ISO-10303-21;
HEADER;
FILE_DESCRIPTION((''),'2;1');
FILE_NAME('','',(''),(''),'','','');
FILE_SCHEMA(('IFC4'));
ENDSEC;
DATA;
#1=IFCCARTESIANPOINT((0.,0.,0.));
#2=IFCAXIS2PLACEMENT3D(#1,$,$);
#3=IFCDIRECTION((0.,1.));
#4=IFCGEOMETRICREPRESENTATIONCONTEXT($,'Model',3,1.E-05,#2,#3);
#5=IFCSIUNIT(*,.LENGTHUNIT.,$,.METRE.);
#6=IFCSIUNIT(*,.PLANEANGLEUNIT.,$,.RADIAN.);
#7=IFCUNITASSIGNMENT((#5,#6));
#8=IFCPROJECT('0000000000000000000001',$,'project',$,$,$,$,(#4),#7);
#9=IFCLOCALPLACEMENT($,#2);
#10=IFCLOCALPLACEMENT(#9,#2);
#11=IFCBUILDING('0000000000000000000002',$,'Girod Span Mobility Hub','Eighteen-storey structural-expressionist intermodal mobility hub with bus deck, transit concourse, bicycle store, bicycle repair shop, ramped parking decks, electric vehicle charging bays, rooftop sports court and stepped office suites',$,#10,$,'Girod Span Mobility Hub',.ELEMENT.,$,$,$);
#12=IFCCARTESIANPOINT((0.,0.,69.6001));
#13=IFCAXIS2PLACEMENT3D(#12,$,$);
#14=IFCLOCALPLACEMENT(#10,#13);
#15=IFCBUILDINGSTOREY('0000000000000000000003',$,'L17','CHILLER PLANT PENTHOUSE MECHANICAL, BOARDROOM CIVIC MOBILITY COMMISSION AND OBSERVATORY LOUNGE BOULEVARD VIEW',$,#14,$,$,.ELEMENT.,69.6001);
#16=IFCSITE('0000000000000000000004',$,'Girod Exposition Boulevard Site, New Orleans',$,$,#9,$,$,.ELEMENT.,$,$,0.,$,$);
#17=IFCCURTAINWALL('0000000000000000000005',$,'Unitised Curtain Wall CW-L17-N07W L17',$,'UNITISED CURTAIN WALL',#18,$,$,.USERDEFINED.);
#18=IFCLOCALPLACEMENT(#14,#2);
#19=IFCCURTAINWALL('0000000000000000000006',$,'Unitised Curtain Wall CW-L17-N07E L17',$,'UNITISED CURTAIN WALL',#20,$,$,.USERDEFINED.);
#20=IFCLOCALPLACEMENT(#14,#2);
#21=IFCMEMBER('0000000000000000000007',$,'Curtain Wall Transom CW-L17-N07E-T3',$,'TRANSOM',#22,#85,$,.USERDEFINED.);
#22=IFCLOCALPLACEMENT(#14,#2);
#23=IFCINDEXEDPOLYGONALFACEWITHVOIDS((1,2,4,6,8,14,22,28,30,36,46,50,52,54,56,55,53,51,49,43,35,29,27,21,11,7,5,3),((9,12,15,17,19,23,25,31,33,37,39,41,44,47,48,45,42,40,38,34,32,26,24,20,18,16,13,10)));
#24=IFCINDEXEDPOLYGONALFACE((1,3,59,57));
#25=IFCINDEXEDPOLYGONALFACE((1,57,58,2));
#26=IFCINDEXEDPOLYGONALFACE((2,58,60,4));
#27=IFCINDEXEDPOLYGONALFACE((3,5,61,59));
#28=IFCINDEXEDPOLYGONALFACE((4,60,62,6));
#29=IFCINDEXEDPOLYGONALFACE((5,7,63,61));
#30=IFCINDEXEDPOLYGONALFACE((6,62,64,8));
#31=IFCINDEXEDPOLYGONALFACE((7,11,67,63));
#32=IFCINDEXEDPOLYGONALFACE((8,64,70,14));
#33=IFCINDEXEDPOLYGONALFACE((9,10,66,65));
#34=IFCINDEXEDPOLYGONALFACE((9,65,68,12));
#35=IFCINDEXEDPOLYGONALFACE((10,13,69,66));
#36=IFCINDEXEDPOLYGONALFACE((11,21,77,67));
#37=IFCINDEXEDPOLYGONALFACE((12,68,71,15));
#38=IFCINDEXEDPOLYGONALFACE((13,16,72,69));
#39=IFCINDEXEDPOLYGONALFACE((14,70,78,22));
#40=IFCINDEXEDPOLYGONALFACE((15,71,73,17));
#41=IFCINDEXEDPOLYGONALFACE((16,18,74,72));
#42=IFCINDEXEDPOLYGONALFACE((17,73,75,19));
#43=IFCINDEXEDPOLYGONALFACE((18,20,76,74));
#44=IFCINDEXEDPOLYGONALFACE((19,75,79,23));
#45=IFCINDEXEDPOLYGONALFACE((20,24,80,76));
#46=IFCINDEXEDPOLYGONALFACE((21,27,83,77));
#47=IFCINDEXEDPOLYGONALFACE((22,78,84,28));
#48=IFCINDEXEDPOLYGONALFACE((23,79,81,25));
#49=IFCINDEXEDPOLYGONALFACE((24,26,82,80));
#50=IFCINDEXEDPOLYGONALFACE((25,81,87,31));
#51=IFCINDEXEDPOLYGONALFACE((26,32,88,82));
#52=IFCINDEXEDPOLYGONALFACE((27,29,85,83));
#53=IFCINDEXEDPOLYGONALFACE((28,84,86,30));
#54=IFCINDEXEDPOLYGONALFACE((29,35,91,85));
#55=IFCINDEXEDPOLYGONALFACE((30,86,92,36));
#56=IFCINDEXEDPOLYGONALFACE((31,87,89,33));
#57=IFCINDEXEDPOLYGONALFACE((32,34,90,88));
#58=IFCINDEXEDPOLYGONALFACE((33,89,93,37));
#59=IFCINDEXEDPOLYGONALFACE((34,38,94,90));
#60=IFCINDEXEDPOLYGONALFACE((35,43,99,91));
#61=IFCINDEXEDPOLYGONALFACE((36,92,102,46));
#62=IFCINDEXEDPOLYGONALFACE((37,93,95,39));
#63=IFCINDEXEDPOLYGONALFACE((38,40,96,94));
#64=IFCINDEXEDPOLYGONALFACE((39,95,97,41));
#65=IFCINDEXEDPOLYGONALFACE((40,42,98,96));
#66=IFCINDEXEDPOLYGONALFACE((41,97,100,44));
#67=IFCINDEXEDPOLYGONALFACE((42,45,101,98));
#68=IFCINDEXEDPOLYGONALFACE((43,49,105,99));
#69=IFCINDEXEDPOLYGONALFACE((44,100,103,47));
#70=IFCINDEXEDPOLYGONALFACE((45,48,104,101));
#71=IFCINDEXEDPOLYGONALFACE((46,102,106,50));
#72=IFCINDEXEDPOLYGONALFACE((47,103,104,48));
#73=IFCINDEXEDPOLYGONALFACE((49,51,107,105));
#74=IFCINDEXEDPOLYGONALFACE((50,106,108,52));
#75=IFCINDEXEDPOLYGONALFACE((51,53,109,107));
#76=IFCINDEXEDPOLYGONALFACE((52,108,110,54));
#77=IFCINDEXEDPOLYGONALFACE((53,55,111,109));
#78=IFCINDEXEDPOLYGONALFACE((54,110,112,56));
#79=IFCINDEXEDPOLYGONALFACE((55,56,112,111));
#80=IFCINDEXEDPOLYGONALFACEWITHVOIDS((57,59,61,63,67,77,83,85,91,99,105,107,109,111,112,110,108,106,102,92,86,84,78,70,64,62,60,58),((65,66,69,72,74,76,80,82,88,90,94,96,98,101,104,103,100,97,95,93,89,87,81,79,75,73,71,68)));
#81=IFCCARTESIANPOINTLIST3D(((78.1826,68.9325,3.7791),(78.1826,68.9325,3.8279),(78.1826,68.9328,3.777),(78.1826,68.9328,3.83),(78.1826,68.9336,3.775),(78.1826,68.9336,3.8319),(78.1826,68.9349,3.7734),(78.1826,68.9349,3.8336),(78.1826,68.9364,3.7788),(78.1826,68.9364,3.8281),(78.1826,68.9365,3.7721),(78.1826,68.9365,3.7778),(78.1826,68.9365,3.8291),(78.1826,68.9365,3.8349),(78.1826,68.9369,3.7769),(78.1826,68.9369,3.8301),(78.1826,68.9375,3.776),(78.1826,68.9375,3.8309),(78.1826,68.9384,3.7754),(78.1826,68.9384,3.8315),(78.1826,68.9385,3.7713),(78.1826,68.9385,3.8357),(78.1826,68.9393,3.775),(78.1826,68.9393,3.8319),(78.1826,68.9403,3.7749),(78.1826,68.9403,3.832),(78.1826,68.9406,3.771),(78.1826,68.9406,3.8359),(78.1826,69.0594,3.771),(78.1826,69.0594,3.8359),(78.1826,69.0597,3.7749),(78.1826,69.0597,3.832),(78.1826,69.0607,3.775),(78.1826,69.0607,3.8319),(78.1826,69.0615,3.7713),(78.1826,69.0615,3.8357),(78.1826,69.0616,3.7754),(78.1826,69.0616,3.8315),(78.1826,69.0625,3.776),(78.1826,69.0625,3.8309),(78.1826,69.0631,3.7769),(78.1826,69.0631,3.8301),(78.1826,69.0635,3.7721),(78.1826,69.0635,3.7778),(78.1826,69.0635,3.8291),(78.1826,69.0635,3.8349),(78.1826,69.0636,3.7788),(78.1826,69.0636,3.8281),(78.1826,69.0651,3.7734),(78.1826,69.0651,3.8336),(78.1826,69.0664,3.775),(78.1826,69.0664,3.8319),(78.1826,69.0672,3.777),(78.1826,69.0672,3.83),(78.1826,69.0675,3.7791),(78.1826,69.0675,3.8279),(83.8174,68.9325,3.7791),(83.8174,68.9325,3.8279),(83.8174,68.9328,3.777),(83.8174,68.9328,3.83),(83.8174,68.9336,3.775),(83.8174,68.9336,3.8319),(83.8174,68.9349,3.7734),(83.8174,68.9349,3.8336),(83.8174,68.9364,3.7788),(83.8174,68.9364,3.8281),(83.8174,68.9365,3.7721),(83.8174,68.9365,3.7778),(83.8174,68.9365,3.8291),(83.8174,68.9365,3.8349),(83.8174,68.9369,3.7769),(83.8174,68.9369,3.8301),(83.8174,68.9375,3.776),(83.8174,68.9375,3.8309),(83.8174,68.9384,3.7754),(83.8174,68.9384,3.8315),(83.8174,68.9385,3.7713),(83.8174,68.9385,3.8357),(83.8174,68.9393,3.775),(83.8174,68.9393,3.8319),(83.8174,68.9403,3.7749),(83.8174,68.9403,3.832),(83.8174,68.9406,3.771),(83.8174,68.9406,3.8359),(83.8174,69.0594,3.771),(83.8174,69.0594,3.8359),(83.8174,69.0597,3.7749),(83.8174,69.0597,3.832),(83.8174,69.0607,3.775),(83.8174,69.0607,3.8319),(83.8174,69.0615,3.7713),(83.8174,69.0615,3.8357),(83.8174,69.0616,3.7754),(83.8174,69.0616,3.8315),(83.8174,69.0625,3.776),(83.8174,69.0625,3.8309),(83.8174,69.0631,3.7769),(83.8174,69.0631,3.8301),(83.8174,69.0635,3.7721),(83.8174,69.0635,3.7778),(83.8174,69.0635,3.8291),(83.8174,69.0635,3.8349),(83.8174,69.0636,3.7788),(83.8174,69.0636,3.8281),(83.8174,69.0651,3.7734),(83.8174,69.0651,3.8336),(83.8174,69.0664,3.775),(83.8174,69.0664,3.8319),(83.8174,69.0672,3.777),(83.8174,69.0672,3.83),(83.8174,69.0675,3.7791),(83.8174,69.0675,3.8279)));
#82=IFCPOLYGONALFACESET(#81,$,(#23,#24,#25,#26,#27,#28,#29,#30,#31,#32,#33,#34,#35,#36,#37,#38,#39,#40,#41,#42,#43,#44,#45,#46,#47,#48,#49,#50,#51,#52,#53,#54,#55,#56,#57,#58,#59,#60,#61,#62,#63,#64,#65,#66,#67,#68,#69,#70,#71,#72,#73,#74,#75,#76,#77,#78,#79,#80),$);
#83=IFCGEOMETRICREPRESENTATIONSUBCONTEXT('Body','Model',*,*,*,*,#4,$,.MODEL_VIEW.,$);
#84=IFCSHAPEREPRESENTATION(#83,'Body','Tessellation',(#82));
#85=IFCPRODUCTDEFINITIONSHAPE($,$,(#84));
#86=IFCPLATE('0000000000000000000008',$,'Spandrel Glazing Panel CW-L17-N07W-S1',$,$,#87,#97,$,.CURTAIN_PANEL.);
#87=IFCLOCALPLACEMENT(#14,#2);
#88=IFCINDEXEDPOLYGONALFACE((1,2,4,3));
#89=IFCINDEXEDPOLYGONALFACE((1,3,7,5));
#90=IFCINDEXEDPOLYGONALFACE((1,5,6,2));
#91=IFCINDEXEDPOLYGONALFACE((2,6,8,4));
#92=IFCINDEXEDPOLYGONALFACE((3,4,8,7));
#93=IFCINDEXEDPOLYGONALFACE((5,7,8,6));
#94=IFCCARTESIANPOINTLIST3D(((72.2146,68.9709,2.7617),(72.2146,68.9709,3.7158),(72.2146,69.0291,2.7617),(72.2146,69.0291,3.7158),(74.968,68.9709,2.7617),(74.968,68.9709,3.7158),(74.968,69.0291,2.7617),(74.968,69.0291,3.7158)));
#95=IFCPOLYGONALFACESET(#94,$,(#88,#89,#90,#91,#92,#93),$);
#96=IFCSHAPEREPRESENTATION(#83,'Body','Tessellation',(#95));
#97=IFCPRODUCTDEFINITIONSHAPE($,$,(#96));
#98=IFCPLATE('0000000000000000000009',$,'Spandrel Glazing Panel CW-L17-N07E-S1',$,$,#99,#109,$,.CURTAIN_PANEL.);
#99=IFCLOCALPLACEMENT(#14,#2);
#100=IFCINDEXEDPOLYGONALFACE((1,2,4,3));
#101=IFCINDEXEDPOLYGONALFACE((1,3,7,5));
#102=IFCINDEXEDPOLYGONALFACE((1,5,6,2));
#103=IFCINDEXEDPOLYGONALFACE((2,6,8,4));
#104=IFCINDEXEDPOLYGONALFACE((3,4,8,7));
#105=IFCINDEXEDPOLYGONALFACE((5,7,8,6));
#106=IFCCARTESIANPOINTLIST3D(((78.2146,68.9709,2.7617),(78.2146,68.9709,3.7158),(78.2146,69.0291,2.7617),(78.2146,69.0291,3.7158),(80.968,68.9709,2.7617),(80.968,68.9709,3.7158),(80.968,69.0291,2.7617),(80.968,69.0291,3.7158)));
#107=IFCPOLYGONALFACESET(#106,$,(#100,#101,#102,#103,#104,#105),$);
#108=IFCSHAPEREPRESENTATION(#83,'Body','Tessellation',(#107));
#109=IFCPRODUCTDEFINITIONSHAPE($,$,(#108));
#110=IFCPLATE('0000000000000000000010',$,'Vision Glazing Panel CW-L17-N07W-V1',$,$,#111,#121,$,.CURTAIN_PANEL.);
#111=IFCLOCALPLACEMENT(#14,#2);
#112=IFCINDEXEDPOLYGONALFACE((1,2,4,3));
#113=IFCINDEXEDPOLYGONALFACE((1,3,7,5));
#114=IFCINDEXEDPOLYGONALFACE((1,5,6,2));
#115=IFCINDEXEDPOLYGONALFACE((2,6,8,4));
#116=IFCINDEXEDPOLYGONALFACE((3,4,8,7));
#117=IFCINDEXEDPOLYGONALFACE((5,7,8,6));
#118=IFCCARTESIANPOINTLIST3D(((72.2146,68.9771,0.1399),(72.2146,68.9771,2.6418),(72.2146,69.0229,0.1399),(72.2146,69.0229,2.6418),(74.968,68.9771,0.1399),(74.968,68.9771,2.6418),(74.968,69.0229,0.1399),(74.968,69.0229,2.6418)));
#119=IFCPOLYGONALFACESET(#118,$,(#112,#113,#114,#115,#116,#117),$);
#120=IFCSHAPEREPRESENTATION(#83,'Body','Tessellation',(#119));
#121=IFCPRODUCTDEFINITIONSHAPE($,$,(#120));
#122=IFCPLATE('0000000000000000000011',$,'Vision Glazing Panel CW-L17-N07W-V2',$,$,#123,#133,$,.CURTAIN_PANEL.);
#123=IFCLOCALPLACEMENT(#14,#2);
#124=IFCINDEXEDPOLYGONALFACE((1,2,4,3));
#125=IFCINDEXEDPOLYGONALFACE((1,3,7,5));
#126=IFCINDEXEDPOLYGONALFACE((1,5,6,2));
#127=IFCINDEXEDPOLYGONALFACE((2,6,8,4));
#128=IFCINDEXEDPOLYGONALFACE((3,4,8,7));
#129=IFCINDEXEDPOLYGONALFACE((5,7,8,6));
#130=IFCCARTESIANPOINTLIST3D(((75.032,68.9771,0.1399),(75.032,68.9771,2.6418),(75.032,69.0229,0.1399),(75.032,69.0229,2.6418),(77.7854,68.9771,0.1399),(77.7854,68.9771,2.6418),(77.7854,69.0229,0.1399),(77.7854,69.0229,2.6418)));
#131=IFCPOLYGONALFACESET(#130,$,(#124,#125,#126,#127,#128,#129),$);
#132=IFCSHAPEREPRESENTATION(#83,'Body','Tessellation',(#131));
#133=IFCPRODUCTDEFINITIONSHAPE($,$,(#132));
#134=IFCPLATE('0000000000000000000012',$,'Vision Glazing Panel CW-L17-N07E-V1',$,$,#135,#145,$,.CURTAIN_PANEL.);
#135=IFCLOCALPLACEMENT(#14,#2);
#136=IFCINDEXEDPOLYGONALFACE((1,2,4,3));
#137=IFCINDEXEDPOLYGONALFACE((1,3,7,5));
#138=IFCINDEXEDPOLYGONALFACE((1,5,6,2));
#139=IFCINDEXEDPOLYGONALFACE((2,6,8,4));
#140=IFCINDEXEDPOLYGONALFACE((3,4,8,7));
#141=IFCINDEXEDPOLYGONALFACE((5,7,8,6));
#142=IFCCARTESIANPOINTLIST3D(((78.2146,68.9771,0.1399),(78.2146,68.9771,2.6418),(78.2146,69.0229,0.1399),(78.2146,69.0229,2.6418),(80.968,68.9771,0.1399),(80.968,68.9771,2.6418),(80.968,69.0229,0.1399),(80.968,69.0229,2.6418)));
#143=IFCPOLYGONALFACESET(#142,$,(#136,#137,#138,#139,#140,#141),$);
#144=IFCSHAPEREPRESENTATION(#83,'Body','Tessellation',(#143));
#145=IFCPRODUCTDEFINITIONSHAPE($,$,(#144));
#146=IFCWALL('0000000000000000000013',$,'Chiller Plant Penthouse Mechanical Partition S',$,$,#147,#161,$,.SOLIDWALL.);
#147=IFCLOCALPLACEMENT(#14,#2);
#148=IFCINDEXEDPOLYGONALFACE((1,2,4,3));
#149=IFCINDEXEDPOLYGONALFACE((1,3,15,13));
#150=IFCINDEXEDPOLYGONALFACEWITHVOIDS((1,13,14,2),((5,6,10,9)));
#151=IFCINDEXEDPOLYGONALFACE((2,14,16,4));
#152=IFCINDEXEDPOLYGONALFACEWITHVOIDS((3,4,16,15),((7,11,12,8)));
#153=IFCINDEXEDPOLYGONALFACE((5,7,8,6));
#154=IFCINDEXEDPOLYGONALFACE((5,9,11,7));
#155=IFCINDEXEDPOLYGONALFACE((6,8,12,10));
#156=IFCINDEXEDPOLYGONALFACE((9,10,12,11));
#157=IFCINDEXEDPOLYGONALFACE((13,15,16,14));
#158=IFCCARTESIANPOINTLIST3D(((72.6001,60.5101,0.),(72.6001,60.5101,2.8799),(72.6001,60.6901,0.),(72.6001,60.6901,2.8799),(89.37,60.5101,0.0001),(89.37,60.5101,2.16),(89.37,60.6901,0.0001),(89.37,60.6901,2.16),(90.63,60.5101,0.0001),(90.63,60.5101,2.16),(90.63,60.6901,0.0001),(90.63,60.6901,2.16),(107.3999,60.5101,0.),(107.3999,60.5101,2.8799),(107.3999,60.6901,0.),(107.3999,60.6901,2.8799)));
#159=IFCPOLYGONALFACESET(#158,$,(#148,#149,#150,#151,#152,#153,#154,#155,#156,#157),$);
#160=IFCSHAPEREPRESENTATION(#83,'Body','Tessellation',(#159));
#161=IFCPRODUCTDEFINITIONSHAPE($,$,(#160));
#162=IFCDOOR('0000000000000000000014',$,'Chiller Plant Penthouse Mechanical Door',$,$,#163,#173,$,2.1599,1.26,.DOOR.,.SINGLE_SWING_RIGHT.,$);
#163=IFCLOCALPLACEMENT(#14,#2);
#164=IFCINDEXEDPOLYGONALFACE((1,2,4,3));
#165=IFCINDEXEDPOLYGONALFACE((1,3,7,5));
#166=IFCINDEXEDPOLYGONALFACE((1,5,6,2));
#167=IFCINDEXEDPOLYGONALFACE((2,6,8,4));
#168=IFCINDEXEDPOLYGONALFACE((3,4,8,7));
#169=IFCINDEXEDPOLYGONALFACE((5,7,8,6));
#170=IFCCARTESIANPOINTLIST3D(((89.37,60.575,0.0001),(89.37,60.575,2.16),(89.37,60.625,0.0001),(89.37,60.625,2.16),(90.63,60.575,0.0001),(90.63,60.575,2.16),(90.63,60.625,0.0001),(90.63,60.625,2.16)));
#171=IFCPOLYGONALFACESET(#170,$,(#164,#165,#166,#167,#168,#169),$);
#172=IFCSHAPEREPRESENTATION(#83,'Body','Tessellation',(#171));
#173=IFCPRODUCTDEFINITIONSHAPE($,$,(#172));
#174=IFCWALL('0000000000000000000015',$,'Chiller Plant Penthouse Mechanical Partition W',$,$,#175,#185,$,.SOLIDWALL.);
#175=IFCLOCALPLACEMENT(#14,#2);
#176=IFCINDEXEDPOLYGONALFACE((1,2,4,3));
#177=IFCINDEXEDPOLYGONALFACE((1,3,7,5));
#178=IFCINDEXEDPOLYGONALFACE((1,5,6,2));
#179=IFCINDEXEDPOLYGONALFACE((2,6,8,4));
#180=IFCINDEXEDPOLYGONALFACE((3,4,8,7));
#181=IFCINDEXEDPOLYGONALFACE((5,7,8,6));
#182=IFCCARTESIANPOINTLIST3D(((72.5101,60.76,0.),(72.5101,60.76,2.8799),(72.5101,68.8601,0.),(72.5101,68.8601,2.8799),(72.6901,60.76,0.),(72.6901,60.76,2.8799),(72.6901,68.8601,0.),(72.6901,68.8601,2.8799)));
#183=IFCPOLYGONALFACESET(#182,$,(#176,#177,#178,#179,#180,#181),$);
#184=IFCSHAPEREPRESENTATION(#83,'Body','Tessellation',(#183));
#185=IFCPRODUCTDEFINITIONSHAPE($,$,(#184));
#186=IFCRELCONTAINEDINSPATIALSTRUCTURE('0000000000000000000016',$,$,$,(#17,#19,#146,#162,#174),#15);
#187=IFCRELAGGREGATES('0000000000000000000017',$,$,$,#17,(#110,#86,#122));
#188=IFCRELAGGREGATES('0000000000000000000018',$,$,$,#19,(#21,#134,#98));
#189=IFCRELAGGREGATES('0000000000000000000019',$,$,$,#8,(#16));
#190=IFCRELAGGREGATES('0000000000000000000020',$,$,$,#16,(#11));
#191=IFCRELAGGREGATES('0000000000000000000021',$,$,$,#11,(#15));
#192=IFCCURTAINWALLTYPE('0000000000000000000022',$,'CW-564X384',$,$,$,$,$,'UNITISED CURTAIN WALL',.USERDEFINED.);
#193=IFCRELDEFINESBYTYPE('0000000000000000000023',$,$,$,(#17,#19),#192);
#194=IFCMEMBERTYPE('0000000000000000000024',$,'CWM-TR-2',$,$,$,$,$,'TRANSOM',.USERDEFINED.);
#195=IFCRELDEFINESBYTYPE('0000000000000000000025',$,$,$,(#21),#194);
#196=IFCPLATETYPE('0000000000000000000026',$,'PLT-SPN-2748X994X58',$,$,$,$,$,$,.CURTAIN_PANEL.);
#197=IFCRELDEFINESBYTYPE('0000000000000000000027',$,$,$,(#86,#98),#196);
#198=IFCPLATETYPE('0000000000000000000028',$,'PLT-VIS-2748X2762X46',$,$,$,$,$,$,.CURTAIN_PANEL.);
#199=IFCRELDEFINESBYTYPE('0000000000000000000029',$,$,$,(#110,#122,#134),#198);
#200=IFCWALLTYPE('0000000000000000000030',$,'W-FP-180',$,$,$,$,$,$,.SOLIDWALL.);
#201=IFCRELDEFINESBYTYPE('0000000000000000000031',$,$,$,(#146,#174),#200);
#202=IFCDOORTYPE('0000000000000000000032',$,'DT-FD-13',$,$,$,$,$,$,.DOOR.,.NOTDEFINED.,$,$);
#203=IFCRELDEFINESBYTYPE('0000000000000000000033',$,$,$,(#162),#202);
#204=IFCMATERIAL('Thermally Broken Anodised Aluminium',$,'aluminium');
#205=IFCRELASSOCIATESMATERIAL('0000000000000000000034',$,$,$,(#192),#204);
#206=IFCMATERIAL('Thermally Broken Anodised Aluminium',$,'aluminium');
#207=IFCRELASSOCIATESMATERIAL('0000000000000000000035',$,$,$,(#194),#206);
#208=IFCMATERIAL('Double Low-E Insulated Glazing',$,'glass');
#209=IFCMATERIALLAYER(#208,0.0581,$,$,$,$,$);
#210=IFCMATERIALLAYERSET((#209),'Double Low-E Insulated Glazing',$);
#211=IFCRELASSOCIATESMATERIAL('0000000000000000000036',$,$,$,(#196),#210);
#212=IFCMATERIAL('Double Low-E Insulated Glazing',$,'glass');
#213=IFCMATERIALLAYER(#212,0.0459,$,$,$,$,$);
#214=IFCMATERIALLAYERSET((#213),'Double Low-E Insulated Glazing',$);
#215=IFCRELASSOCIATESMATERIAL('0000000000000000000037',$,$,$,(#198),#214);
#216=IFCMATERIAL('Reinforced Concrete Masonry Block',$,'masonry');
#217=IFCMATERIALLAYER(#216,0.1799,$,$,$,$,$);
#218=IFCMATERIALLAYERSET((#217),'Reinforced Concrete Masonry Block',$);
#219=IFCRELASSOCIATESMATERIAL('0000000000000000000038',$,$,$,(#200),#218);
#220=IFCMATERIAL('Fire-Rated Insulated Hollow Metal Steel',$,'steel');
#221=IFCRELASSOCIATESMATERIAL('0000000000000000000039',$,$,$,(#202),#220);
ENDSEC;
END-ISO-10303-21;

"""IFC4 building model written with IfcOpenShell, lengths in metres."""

from ifc_helpers import new_model, si_unit, direction, frame, frame_2d, origin, origin_2d, place, context, subcontext, project, spatial, rectangle, hollow_rectangle, extrude, material, layer, layer_set, material_profile, profile_set, type_object, element, fill, aggregate, save


model = new_model("IFC4")

# Units and contexts
model_context = context("Model", 3, precision=1e-05, world=origin(), true_north=direction((0.0, 1.0)))
body_context = subcontext(model_context, "Body", "Model", "MODEL_VIEW")
ifc_project = project(units=[si_unit("LENGTHUNIT", "METRE"), si_unit("PLANEANGLEUNIT", "RADIAN")], contexts=[model_context])

# Site, building, storey
site_placement = place(None, origin())
site = spatial("IfcSite", under=ifc_project, at=site_placement, Name="Girod Exposition Boulevard Site, New Orleans", CompositionType="ELEMENT", RefElevation=0.0)
building_placement = place(site_placement, origin())
building = spatial("IfcBuilding", under=site, at=building_placement, Name="Girod Span Mobility Hub", Description="Eighteen-storey structural-expressionist intermodal mobility hub with bus deck, transit concourse, bicycle store, bicycle repair shop, ramped parking decks, electric vehicle charging bays, rooftop sports court and stepped office suites", LongName="Girod Span Mobility Hub", CompositionType="ELEMENT")
storey_placement = place(building_placement, frame((0.0, 0.0, 69.6001)))
storey = spatial("IfcBuildingStorey", under=building, at=storey_placement, Name="L17", Description="CHILLER PLANT PENTHOUSE MECHANICAL, BOARDROOM CIVIC MOBILITY COMMISSION AND OBSERVATORY LOUNGE BOULEVARD VIEW", CompositionType="ELEMENT", Elevation=69.6001)

# Curtain walls
ifc_material_1 = material(Name="Thermally Broken Anodised Aluminium", Category="aluminium")
curtain_wall_type = type_object("IfcCurtainWallType", Name="CW-564X384", ElementType="UNITISED CURTAIN WALL", PredefinedType="USERDEFINED", material=ifc_material_1)
curtain_wall_1_placement = place(storey_placement, origin())
curtain_wall_1 = element("IfcCurtainWall", 1, at=curtain_wall_1_placement, inside=storey, type_object=curtain_wall_type, Name="Unitised Curtain Wall CW-L17-N07W L17", ObjectType="UNITISED CURTAIN WALL", PredefinedType="USERDEFINED")
curtain_wall_2_placement = place(storey_placement, origin())
curtain_wall_2 = element("IfcCurtainWall", 2, at=curtain_wall_2_placement, inside=storey, type_object=curtain_wall_type, Name="Unitised Curtain Wall CW-L17-N07E L17", ObjectType="UNITISED CURTAIN WALL", PredefinedType="USERDEFINED")

# Member
ifc_material_2 = material(Name="Thermally Broken Anodised Aluminium", Category="aluminium")
ifc_material_profile_1 = material_profile(ifc_material_2, hollow_rectangle(XDim=0.135, YDim=0.0649, WallThickness=0.0039, InnerFilletRadius=0.0039, OuterFilletRadius=0.0081, at=origin_2d()), Name="CW-TR-65X135")
ifc_profile_set_1 = profile_set([ifc_material_profile_1], Name="Thermally Broken Anodised Aluminium")
member_type_1 = type_object("IfcMemberType", Name="CWM-TR-2", ElementType="TRANSOM", PredefinedType="USERDEFINED", material=ifc_profile_set_1)
member_1_placement = place(storey_placement, frame((78.1826, 69.0, 3.8035), z_axis=(1.0, 0.0, 0.0), x_axis=(0.0, 1.0, 0.0)))
member_1 = element("IfcMember", 3, at=member_1_placement, type_object=member_type_1, Name="Curtain Wall Transom CW-L17-N07E-T3", ObjectType="TRANSOM", PredefinedType="USERDEFINED", context=body_context, shape_type="SweptSolid", body=[
    extrude(hollow_rectangle(XDim=0.135, YDim=0.0649, WallThickness=0.0039, InnerFilletRadius=0.0039, OuterFilletRadius=0.0081, at=origin_2d()), origin(), (0.0, 0.0, 1.0), 5.6348),
])

# Plates
ifc_material_3 = material(Name="Double Low-E Insulated Glazing", Category="glass")
ifc_layer_1 = layer(ifc_material_3, 0.0581)
ifc_layer_set_1 = layer_set([ifc_layer_1], Name="Double Low-E Insulated Glazing")
plate_type_1 = type_object("IfcPlateType", Name="PLT-SPN-2748X994X58", PredefinedType="CURTAIN_PANEL", material=ifc_layer_set_1)
plate_1_placement = place(storey_placement, frame((73.5913, 69.0, 2.7617), z_axis=(0.0, 0.0, 1.0), x_axis=(1.0, 0.0, 0.0)))
plate_1 = element("IfcPlate", 4, at=plate_1_placement, type_object=plate_type_1, Name="Spandrel Glazing Panel CW-L17-N07W-S1", PredefinedType="CURTAIN_PANEL", context=body_context, shape_type="SweptSolid", body=[
    extrude(rectangle(XDim=2.7534, YDim=0.0581, at=origin_2d()), origin(), (0.0, 0.0, 1.0), 0.9541),
])
plate_2_placement = place(storey_placement, frame((79.5913, 69.0, 2.7617), z_axis=(0.0, 0.0, 1.0), x_axis=(1.0, 0.0, 0.0)))
plate_2 = element("IfcPlate", 5, at=plate_2_placement, type_object=plate_type_1, Name="Spandrel Glazing Panel CW-L17-N07E-S1", PredefinedType="CURTAIN_PANEL", context=body_context, shape_type="SweptSolid", body=[
    extrude(rectangle(XDim=2.7534, YDim=0.0581, at=origin_2d()), origin(), (0.0, 0.0, 1.0), 0.9541),
])
ifc_material_4 = material(Name="Double Low-E Insulated Glazing", Category="glass")
ifc_layer_2 = layer(ifc_material_4, 0.0459)
ifc_layer_set_2 = layer_set([ifc_layer_2], Name="Double Low-E Insulated Glazing")
plate_type_2 = type_object("IfcPlateType", Name="PLT-VIS-2748X2762X46", PredefinedType="CURTAIN_PANEL", material=ifc_layer_set_2)
plate_3_placement = place(storey_placement, frame((73.5913, 69.0, 0.1399), z_axis=(0.0, 0.0, 1.0), x_axis=(1.0, 0.0, 0.0)))
plate_3 = element("IfcPlate", 6, at=plate_3_placement, type_object=plate_type_2, Name="Vision Glazing Panel CW-L17-N07W-V1", PredefinedType="CURTAIN_PANEL", context=body_context, shape_type="SweptSolid", body=[
    extrude(rectangle(XDim=2.7534, YDim=0.0459, at=origin_2d()), origin(), (0.0, 0.0, 1.0), 2.502),
])
plate_4_placement = place(storey_placement, frame((76.4087, 69.0, 0.1399), z_axis=(0.0, 0.0, 1.0), x_axis=(1.0, 0.0, 0.0)))
plate_4 = element("IfcPlate", 7, at=plate_4_placement, type_object=plate_type_2, Name="Vision Glazing Panel CW-L17-N07W-V2", PredefinedType="CURTAIN_PANEL", context=body_context, shape_type="SweptSolid", body=[
    extrude(rectangle(XDim=2.7534, YDim=0.0459, at=origin_2d()), origin(), (0.0, 0.0, 1.0), 2.502),
])
aggregate(curtain_wall_1, [plate_3, plate_1, plate_4])
plate_5_placement = place(storey_placement, frame((79.5913, 69.0, 0.1399), z_axis=(0.0, 0.0, 1.0), x_axis=(1.0, 0.0, 0.0)))
plate_5 = element("IfcPlate", 8, at=plate_5_placement, type_object=plate_type_2, Name="Vision Glazing Panel CW-L17-N07E-V1", PredefinedType="CURTAIN_PANEL", context=body_context, shape_type="SweptSolid", body=[
    extrude(rectangle(XDim=2.7534, YDim=0.0459, at=origin_2d()), origin(), (0.0, 0.0, 1.0), 2.502),
])
aggregate(curtain_wall_2, [member_1, plate_5, plate_2])

# Wall, opening, door
ifc_material_5 = material(Name="Reinforced Concrete Masonry Block", Category="masonry")
ifc_layer_3 = layer(ifc_material_5, 0.1799)
ifc_layer_set_3 = layer_set([ifc_layer_3], Name="Reinforced Concrete Masonry Block")
wall_type = type_object("IfcWallType", Name="W-FP-180", PredefinedType="SOLIDWALL", material=ifc_layer_set_3)
wall_1_placement = place(storey_placement, frame((72.6001, 60.6001, 0.0), z_axis=(0.0, 0.0, 1.0), x_axis=(1.0, 0.0, 0.0)))
wall_1 = element("IfcWall", 9, at=wall_1_placement, inside=storey, type_object=wall_type, Name="Chiller Plant Penthouse Mechanical Partition S", PredefinedType="SOLIDWALL", context=body_context, shape_type="SweptSolid", body=[
    extrude(rectangle(XDim=34.7998, YDim=0.1799, at=frame_2d((17.3999, 0.0))), origin(), (0.0, 0.0, 1.0), 2.8799),
])
opening_placement = place(wall_1_placement, frame((16.77, 0.0, 0.0)))
opening = element("IfcOpeningElement", 10, at=opening_placement, cuts=wall_1, PredefinedType="OPENING", context=body_context, shape_type="SweptSolid", body=[
    extrude(rectangle(XDim=1.26, YDim=2.1599, at=frame_2d((0.6299, 1.0801))), frame((0.0, 0.105, 0.0), z_axis=(0.0, -1.0, 0.0), x_axis=(1.0, 0.0, 0.0)), (0.0, 0.0, 1.0), 0.21),
])
ifc_material_6 = material(Name="Fire-Rated Insulated Hollow Metal Steel", Category="steel")
door_type = type_object("IfcDoorType", Name="DT-FD-13", OperationType="NOTDEFINED", PredefinedType="DOOR", material=ifc_material_6)
door_placement = place(opening_placement, origin())
door = element("IfcDoor", 11, at=door_placement, inside=storey, type_object=door_type, Name="Chiller Plant Penthouse Mechanical Door", OperationType="SINGLE_SWING_RIGHT", OverallHeight=2.1599, OverallWidth=1.26, PredefinedType="DOOR", context=body_context, shape_type="SweptSolid", body=[
    extrude(rectangle(XDim=1.26, YDim=2.1599, at=frame_2d((0.6299, 1.0801))), frame((0.0, 0.0249, 0.0), z_axis=(0.0, -1.0, 0.0), x_axis=(1.0, 0.0, 0.0)), (0.0, 0.0, 1.0), 0.05),
])
fill(opening, door)

# Wall
wall_2_placement = place(storey_placement, frame((72.6001, 60.76, 0.0), z_axis=(0.0, 0.0, 1.0), x_axis=(0.0, 1.0, 0.0)))
element("IfcWall", 12, at=wall_2_placement, inside=storey, type_object=wall_type, Name="Chiller Plant Penthouse Mechanical Partition W", PredefinedType="SOLIDWALL", context=body_context, shape_type="SweptSolid", body=[
    extrude(rectangle(XDim=8.1001, YDim=0.1799, at=frame_2d((4.05, 0.0))), origin(), (0.0, 0.0, 1.0), 2.8799),
])

save(model, "model.ifc")
